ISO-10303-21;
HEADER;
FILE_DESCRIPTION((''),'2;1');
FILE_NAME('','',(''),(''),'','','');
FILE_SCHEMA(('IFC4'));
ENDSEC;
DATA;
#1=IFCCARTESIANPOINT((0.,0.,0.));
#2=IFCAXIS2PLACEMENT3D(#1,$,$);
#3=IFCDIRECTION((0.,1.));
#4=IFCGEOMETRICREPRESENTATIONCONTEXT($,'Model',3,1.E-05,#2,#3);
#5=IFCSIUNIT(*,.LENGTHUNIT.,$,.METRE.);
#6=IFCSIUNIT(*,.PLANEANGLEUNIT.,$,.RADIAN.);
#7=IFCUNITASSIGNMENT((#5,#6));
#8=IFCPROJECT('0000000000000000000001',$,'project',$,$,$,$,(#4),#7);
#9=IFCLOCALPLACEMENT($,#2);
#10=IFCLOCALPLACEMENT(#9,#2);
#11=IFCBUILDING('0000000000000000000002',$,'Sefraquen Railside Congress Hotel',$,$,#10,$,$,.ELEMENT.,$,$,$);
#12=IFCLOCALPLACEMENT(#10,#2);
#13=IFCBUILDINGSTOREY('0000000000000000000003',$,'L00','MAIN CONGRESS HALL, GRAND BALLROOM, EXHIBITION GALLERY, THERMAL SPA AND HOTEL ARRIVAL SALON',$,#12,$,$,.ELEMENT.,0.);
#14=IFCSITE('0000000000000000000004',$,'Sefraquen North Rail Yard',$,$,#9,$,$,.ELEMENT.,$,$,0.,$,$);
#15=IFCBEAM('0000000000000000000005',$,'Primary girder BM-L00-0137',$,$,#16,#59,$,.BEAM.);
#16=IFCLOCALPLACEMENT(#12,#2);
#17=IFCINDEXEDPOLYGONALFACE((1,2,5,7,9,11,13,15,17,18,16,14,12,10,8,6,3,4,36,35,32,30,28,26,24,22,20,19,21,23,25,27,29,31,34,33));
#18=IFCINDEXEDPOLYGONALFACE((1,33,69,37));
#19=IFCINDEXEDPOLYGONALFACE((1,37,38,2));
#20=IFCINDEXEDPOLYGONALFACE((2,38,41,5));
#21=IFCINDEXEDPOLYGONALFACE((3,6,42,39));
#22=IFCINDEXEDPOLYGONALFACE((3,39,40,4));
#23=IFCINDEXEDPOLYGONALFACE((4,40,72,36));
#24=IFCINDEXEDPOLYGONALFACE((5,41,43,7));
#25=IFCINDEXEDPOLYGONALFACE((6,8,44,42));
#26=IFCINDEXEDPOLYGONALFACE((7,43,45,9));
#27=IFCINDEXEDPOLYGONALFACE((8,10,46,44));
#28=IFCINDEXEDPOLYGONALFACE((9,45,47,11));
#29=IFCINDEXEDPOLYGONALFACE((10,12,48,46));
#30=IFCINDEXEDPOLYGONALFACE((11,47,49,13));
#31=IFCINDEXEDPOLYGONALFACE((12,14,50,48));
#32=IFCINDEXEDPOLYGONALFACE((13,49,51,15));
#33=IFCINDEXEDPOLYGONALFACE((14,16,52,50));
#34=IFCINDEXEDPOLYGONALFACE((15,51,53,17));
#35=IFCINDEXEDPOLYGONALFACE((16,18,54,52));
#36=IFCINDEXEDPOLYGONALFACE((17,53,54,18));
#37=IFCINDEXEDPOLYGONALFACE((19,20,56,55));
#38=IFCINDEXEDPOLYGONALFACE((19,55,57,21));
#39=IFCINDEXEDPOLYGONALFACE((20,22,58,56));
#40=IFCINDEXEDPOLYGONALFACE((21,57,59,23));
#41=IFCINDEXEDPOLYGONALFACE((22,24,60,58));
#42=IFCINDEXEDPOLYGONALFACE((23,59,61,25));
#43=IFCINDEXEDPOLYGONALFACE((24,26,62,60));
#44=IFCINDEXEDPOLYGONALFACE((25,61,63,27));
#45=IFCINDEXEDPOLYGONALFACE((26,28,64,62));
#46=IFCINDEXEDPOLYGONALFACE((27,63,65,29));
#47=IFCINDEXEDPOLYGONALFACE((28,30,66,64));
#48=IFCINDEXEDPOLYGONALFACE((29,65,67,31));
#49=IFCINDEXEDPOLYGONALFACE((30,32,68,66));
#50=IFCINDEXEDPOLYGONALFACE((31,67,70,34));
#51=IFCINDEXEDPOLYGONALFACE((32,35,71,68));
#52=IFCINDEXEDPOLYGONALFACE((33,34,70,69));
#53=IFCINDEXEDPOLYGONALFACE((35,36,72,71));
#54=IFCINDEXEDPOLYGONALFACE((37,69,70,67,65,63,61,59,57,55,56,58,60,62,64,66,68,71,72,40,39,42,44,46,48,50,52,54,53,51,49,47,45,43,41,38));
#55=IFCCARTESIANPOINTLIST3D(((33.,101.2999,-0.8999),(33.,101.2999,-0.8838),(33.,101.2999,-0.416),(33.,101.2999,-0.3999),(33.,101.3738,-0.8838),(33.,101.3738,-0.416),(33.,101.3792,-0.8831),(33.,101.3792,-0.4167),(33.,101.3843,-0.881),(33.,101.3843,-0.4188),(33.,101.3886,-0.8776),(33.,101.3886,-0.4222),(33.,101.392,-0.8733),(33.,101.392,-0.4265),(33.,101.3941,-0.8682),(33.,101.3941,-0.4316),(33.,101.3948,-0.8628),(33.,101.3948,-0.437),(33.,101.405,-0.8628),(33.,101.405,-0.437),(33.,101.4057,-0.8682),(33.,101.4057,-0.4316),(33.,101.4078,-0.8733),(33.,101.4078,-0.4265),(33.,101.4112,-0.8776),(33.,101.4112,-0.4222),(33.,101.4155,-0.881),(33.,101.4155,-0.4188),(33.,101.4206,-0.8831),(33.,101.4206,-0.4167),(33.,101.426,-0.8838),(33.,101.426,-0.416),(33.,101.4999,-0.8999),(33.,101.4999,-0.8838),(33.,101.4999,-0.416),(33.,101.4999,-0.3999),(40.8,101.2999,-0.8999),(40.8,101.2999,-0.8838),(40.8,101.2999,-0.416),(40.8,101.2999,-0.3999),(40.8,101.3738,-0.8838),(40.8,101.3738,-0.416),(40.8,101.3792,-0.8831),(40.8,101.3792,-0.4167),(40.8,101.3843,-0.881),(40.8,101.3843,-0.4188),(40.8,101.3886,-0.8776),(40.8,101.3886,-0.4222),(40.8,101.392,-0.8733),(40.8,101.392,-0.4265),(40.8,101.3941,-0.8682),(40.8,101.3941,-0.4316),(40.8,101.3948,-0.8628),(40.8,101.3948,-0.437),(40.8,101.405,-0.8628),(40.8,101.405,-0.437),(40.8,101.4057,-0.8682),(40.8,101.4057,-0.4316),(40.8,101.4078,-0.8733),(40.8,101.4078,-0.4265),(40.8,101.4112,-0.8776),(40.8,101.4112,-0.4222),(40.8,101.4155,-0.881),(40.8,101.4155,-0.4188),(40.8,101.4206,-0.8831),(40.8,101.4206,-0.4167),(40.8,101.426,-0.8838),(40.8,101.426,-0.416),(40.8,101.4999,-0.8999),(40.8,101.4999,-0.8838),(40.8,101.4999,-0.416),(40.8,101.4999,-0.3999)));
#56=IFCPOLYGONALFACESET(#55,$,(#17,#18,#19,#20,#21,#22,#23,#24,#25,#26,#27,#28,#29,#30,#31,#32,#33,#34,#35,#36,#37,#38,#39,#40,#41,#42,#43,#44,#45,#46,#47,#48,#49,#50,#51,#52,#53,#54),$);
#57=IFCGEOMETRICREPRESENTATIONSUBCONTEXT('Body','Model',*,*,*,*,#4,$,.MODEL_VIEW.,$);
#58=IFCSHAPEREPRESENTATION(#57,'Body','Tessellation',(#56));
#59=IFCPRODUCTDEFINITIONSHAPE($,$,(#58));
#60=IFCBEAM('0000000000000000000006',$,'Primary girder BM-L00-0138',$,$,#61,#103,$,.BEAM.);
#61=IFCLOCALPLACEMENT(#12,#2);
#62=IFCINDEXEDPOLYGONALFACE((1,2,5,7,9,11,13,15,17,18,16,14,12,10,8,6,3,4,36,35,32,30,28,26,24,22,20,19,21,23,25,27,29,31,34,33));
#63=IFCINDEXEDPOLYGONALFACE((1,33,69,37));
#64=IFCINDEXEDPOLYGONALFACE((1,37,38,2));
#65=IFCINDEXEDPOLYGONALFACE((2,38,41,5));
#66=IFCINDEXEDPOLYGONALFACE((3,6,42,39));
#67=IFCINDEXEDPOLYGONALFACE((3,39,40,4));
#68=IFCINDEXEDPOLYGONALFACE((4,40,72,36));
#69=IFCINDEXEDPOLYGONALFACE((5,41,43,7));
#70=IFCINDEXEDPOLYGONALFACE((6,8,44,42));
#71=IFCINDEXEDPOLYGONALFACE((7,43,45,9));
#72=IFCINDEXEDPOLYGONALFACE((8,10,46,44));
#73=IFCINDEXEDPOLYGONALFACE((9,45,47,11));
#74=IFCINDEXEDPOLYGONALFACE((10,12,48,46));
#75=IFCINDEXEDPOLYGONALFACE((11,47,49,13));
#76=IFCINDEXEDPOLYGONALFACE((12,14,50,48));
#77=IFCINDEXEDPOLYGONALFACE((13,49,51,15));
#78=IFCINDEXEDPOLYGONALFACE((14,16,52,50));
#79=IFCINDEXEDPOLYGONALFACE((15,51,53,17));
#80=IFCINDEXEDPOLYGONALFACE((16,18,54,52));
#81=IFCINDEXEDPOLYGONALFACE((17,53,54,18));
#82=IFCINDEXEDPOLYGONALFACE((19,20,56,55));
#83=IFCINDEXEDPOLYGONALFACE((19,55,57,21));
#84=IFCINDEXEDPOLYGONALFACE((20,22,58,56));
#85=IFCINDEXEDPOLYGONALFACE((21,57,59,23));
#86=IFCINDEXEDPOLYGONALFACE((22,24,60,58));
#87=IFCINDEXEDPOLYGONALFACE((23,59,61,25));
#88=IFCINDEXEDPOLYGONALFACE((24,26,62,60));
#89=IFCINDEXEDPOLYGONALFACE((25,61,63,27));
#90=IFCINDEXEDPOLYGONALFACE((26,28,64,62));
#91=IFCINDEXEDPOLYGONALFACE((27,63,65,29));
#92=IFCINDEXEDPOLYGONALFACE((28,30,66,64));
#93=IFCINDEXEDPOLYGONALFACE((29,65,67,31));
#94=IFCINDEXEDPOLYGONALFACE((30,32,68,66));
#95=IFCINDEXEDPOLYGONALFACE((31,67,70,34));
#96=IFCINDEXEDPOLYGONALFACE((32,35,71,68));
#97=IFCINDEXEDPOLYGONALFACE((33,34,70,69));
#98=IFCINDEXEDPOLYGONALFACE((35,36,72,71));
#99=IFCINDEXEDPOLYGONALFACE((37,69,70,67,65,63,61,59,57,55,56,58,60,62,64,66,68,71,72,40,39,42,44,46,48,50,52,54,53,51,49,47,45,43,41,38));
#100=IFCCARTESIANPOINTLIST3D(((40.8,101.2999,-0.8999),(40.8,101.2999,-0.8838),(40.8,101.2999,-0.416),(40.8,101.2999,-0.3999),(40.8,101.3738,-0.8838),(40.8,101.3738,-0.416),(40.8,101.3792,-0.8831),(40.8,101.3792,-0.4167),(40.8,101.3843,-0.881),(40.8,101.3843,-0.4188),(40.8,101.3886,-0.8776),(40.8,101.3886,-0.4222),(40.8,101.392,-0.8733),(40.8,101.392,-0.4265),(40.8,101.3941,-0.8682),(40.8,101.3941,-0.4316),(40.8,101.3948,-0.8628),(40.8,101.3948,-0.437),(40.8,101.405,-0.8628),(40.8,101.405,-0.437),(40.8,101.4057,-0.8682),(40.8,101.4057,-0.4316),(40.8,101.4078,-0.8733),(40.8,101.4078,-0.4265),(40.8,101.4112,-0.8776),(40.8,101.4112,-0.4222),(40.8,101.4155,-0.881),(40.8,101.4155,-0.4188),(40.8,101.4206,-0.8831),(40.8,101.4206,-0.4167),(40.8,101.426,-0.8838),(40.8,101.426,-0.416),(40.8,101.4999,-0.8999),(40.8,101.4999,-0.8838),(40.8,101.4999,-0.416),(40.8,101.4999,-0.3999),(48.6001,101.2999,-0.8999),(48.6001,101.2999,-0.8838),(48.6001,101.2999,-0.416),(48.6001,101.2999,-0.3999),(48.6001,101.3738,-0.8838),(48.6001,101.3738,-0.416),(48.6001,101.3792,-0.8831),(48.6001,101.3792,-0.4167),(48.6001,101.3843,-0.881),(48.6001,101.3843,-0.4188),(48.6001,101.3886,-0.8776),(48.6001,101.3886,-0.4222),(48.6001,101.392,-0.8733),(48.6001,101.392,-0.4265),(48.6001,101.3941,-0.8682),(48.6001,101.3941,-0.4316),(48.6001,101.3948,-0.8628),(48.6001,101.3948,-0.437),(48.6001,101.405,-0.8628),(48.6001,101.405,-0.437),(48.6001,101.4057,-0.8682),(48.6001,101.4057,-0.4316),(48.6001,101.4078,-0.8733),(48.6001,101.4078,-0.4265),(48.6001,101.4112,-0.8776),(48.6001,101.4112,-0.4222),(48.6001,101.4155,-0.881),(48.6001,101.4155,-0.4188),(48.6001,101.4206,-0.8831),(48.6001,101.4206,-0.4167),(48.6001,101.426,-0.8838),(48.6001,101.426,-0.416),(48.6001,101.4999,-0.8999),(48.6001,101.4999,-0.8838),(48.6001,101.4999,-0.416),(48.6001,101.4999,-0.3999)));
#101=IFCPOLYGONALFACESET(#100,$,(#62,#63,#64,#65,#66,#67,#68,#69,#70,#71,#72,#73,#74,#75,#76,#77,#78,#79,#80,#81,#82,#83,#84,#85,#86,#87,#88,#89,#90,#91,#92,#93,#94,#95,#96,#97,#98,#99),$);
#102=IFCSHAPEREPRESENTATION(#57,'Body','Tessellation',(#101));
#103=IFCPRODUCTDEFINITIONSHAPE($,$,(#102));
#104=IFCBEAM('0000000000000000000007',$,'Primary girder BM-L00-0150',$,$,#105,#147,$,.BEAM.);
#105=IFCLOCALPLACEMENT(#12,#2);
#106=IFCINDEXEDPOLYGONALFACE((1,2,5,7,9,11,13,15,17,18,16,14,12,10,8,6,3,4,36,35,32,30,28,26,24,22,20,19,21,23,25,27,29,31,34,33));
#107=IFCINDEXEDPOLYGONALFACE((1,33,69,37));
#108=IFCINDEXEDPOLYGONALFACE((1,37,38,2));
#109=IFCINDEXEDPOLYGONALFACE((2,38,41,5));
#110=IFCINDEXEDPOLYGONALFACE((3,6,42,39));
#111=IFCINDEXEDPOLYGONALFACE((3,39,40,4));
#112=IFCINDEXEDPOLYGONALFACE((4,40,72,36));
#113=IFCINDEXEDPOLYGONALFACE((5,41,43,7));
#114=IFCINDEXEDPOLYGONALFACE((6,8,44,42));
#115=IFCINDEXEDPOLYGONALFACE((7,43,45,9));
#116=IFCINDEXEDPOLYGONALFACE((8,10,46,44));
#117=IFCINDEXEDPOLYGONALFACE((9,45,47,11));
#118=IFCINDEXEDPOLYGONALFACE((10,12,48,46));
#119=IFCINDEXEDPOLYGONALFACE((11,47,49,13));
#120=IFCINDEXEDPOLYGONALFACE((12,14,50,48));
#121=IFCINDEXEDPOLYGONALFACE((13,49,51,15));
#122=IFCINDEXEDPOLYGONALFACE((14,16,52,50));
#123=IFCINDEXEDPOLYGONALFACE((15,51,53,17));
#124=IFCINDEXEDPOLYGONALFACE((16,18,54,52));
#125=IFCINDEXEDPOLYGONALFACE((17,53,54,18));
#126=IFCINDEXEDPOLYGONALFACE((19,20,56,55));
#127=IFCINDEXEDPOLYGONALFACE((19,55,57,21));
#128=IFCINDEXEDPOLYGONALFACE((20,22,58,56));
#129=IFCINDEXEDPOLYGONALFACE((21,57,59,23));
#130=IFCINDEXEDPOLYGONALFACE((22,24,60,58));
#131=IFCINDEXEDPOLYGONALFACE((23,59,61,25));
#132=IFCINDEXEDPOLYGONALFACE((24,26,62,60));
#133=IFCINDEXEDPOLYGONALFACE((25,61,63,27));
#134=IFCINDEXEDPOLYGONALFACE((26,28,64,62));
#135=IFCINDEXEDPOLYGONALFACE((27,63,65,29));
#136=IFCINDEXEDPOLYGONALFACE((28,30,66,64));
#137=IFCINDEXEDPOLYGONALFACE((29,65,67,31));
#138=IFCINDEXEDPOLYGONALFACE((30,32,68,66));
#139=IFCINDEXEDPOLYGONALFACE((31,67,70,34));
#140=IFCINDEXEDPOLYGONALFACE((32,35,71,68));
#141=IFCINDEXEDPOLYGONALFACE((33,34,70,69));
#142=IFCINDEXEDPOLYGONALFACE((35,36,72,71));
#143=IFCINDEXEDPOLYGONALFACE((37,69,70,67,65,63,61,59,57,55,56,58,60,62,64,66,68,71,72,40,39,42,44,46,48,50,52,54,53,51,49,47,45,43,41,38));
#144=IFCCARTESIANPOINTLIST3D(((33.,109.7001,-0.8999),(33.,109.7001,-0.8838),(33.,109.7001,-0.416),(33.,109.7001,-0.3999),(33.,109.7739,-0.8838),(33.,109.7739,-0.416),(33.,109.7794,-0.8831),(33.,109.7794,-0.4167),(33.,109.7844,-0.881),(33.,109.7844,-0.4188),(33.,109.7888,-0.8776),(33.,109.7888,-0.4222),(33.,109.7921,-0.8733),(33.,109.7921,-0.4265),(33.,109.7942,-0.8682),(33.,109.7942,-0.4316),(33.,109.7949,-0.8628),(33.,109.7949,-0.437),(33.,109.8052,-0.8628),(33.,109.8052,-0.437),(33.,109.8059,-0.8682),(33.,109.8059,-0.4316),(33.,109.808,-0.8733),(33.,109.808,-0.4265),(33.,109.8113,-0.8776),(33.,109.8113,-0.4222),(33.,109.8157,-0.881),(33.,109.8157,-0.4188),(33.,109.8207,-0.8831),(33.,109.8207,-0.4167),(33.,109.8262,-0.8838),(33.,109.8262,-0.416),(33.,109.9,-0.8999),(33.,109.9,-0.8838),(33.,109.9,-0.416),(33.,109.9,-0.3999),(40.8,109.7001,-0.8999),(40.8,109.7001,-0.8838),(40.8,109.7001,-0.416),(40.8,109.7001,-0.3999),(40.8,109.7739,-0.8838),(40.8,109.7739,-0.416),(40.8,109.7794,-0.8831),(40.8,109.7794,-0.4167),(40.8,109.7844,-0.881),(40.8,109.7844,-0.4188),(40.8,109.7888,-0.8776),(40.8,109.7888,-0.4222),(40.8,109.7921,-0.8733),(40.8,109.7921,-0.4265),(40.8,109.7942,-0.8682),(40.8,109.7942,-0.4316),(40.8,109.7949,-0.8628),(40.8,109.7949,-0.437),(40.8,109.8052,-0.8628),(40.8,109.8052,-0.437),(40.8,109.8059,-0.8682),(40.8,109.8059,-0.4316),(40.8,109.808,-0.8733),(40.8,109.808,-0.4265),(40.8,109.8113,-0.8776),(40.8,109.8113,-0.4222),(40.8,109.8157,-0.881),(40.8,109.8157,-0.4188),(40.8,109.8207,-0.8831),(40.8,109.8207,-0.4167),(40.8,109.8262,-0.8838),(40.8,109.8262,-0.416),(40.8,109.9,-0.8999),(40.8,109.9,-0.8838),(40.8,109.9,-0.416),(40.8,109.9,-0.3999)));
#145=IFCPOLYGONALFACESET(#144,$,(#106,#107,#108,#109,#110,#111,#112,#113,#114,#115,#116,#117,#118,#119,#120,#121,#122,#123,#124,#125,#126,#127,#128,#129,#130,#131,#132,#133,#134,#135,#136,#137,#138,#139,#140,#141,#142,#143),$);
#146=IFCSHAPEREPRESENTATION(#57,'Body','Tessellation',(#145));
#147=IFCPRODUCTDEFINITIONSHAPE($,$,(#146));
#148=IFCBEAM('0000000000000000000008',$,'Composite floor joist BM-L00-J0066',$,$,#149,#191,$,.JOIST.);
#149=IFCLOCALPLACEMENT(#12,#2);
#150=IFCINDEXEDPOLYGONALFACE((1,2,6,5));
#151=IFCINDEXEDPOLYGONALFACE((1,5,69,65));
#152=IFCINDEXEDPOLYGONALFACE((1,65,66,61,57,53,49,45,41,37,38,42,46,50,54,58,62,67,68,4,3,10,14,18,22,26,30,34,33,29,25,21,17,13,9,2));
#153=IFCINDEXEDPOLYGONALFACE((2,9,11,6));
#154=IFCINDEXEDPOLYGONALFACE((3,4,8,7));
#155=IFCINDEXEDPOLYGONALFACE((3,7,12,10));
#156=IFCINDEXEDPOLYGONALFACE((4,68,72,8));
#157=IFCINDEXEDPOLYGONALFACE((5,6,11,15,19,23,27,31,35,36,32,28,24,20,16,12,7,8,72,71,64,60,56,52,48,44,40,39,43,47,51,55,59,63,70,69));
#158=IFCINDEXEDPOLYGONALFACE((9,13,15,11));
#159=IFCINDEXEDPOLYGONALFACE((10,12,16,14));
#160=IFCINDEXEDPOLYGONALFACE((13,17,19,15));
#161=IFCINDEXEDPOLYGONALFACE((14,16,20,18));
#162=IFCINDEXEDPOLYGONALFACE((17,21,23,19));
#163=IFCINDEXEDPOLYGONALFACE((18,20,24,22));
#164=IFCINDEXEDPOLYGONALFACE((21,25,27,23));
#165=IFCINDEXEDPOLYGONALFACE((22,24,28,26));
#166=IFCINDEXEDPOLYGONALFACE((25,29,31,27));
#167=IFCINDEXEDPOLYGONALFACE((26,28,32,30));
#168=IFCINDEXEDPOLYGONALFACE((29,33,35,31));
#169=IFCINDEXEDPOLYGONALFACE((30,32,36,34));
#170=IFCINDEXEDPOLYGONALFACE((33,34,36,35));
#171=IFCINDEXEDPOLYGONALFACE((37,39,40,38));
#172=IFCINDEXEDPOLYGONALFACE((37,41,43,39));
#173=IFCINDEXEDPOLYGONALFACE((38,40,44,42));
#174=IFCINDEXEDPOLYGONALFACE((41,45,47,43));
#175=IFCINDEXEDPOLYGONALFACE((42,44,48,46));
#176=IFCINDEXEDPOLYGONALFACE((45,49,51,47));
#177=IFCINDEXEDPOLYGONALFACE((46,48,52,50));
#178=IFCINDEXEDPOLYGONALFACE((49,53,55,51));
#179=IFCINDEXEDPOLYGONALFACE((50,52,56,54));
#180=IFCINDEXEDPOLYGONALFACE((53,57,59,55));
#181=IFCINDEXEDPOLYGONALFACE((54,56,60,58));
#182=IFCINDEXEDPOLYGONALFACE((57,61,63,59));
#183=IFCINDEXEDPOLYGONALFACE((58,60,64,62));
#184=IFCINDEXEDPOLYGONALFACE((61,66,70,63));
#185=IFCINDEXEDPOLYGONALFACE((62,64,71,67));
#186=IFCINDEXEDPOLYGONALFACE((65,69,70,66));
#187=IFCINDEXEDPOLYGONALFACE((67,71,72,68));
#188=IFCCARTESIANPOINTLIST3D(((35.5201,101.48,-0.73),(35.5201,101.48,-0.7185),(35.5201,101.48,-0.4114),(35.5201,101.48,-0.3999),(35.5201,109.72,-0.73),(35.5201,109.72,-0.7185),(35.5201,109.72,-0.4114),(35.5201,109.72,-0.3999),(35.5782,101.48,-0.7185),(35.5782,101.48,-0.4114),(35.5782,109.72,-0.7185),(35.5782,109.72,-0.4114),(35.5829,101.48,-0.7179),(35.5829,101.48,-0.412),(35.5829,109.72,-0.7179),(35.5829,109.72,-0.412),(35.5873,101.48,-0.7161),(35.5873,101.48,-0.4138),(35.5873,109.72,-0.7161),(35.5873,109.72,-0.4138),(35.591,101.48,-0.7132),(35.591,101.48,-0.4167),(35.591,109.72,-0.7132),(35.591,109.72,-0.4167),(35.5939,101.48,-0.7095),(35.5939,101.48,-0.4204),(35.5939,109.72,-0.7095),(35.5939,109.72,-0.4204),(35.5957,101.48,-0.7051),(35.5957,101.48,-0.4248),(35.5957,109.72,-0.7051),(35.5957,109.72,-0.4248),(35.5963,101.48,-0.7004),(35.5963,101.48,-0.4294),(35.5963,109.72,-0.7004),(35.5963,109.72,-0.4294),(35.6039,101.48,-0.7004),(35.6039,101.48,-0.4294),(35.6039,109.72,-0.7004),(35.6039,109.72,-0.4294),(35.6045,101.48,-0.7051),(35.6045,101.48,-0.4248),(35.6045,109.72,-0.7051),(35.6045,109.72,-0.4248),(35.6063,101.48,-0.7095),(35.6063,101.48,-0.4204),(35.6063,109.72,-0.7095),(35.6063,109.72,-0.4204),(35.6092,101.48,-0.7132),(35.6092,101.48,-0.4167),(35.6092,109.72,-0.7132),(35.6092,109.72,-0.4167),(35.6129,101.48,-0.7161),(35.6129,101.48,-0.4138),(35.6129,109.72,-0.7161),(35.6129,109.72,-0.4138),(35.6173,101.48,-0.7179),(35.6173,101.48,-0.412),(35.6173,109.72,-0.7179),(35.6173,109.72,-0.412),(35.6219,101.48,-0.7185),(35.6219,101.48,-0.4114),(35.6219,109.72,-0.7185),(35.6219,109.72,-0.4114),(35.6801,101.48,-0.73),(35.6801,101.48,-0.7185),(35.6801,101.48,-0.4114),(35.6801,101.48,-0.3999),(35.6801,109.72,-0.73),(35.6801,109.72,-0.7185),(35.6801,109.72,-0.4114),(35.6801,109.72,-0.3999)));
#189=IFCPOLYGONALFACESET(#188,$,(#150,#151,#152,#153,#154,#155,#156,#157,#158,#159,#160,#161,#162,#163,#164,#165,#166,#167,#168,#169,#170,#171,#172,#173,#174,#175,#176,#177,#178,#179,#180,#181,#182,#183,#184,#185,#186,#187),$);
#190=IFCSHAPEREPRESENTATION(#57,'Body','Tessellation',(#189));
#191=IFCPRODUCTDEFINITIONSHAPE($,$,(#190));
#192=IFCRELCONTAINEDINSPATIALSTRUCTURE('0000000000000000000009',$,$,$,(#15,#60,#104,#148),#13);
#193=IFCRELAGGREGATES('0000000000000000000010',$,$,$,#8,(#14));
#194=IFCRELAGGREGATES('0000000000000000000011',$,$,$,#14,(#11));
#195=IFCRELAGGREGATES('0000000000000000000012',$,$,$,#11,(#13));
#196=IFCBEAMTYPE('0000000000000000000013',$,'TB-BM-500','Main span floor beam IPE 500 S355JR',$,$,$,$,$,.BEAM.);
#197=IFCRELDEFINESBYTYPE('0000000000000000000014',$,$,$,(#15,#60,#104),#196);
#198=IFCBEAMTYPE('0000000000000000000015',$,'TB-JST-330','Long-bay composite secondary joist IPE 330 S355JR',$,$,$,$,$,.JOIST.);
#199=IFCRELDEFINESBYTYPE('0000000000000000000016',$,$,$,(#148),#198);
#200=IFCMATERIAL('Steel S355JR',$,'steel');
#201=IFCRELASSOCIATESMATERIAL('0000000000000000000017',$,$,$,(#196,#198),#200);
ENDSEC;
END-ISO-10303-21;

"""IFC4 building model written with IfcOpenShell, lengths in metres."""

from ifc_helpers import new_model, si_unit, direction, frame, origin, origin_2d, place, context, subcontext, project, spatial, i_section, extrude, material, material_profile, profile_set, type_object, element, save


model = new_model("IFC4")

# Units and contexts
model_context = context("Model", 3, precision=1e-05, world=origin(), true_north=direction((0.0, 1.0)))
body_context = subcontext(model_context, "Body", "Model", "MODEL_VIEW")
ifc_project = project(units=[si_unit("LENGTHUNIT", "METRE"), si_unit("PLANEANGLEUNIT", "RADIAN")], contexts=[model_context])

# Site, building, storey
site_placement = place(None, origin())
site = spatial("IfcSite", under=ifc_project, at=site_placement, Name="Sefraquen North Rail Yard", CompositionType="ELEMENT", RefElevation=0.0)
building_placement = place(site_placement, origin())
building = spatial("IfcBuilding", under=site, at=building_placement, Name="Sefraquen Railside Congress Hotel", CompositionType="ELEMENT")
storey_placement = place(building_placement, origin())
storey = spatial("IfcBuildingStorey", under=building, at=storey_placement, Name="L00", Description="MAIN CONGRESS HALL, GRAND BALLROOM, EXHIBITION GALLERY, THERMAL SPA AND HOTEL ARRIVAL SALON", CompositionType="ELEMENT", Elevation=0.0)

# Shared definitions
ifc_material_1 = material(Name="Steel S355JR", Category="steel")

# Beams
ifc_material_profile_1 = material_profile(ifc_material_1, i_section(OverallWidth=0.2, OverallDepth=0.5, WebThickness=0.0103, FlangeThickness=0.0161, FilletRadius=0.021, at=origin_2d()), Name="IPE 500")
ifc_profile_set_1 = profile_set([ifc_material_profile_1], Name="Steel S355JR")
beam_type_1 = type_object("IfcBeamType", Name="TB-BM-500", Description="Main span floor beam IPE 500 S355JR", PredefinedType="BEAM", material=ifc_profile_set_1)
for number, where, z_axis, x_axis, name in (
    (1, (33.0, 101.3999, -0.6499), (1.0, 0.0, 0.0), (0.0, 1.0, 0.0), "Primary girder BM-L00-0137"),
    (2, (40.8, 101.3999, -0.6499), (1.0, 0.0, 0.0), (0.0, 1.0, 0.0), "Primary girder BM-L00-0138"),
    (3, (33.0, 109.8, -0.6499), (1.0, 0.0, 0.0), (0.0, 1.0, 0.0), "Primary girder BM-L00-0150"),
):
    element("IfcBeam", number, at=place(storey_placement, frame(where, z_axis=z_axis, x_axis=x_axis)), inside=storey, type_object=beam_type_1, Name=name, PredefinedType="BEAM", context=body_context, shape_type="SweptSolid", body=[
        extrude(i_section(OverallWidth=0.2, OverallDepth=0.5, WebThickness=0.0103, FlangeThickness=0.0161, FilletRadius=0.021, at=origin_2d()), origin(), (0.0, 0.0, 1.0), 7.8),
    ])
ifc_material_profile_2 = material_profile(ifc_material_1, i_section(OverallWidth=0.1599, OverallDepth=0.3301, WebThickness=0.0076, FlangeThickness=0.0115, FilletRadius=0.0181, at=origin_2d()), Name="IPE 330")
ifc_profile_set_2 = profile_set([ifc_material_profile_2], Name="Steel S355JR")
beam_type_2 = type_object("IfcBeamType", Name="TB-JST-330", Description="Long-bay composite secondary joist IPE 330 S355JR", PredefinedType="JOIST", material=ifc_profile_set_2)
for number, where, z_axis, x_axis, name in (
    (4, (35.6001, 101.48, -0.5649), (0.0, 1.0, 0.0), (-1.0, 0.0, 0.0), "Composite floor joist BM-L00-J0066"),
):
    element("IfcBeam", number, at=place(storey_placement, frame(where, z_axis=z_axis, x_axis=x_axis)), inside=storey, type_object=beam_type_2, Name=name, PredefinedType="JOIST", context=body_context, shape_type="SweptSolid", body=[
        extrude(i_section(OverallWidth=0.1599, OverallDepth=0.3301, WebThickness=0.0076, FlangeThickness=0.0115, FilletRadius=0.0181, at=origin_2d()), origin(), (0.0, 0.0, 1.0), 8.24),
    ])

save(model, "model.ifc")
